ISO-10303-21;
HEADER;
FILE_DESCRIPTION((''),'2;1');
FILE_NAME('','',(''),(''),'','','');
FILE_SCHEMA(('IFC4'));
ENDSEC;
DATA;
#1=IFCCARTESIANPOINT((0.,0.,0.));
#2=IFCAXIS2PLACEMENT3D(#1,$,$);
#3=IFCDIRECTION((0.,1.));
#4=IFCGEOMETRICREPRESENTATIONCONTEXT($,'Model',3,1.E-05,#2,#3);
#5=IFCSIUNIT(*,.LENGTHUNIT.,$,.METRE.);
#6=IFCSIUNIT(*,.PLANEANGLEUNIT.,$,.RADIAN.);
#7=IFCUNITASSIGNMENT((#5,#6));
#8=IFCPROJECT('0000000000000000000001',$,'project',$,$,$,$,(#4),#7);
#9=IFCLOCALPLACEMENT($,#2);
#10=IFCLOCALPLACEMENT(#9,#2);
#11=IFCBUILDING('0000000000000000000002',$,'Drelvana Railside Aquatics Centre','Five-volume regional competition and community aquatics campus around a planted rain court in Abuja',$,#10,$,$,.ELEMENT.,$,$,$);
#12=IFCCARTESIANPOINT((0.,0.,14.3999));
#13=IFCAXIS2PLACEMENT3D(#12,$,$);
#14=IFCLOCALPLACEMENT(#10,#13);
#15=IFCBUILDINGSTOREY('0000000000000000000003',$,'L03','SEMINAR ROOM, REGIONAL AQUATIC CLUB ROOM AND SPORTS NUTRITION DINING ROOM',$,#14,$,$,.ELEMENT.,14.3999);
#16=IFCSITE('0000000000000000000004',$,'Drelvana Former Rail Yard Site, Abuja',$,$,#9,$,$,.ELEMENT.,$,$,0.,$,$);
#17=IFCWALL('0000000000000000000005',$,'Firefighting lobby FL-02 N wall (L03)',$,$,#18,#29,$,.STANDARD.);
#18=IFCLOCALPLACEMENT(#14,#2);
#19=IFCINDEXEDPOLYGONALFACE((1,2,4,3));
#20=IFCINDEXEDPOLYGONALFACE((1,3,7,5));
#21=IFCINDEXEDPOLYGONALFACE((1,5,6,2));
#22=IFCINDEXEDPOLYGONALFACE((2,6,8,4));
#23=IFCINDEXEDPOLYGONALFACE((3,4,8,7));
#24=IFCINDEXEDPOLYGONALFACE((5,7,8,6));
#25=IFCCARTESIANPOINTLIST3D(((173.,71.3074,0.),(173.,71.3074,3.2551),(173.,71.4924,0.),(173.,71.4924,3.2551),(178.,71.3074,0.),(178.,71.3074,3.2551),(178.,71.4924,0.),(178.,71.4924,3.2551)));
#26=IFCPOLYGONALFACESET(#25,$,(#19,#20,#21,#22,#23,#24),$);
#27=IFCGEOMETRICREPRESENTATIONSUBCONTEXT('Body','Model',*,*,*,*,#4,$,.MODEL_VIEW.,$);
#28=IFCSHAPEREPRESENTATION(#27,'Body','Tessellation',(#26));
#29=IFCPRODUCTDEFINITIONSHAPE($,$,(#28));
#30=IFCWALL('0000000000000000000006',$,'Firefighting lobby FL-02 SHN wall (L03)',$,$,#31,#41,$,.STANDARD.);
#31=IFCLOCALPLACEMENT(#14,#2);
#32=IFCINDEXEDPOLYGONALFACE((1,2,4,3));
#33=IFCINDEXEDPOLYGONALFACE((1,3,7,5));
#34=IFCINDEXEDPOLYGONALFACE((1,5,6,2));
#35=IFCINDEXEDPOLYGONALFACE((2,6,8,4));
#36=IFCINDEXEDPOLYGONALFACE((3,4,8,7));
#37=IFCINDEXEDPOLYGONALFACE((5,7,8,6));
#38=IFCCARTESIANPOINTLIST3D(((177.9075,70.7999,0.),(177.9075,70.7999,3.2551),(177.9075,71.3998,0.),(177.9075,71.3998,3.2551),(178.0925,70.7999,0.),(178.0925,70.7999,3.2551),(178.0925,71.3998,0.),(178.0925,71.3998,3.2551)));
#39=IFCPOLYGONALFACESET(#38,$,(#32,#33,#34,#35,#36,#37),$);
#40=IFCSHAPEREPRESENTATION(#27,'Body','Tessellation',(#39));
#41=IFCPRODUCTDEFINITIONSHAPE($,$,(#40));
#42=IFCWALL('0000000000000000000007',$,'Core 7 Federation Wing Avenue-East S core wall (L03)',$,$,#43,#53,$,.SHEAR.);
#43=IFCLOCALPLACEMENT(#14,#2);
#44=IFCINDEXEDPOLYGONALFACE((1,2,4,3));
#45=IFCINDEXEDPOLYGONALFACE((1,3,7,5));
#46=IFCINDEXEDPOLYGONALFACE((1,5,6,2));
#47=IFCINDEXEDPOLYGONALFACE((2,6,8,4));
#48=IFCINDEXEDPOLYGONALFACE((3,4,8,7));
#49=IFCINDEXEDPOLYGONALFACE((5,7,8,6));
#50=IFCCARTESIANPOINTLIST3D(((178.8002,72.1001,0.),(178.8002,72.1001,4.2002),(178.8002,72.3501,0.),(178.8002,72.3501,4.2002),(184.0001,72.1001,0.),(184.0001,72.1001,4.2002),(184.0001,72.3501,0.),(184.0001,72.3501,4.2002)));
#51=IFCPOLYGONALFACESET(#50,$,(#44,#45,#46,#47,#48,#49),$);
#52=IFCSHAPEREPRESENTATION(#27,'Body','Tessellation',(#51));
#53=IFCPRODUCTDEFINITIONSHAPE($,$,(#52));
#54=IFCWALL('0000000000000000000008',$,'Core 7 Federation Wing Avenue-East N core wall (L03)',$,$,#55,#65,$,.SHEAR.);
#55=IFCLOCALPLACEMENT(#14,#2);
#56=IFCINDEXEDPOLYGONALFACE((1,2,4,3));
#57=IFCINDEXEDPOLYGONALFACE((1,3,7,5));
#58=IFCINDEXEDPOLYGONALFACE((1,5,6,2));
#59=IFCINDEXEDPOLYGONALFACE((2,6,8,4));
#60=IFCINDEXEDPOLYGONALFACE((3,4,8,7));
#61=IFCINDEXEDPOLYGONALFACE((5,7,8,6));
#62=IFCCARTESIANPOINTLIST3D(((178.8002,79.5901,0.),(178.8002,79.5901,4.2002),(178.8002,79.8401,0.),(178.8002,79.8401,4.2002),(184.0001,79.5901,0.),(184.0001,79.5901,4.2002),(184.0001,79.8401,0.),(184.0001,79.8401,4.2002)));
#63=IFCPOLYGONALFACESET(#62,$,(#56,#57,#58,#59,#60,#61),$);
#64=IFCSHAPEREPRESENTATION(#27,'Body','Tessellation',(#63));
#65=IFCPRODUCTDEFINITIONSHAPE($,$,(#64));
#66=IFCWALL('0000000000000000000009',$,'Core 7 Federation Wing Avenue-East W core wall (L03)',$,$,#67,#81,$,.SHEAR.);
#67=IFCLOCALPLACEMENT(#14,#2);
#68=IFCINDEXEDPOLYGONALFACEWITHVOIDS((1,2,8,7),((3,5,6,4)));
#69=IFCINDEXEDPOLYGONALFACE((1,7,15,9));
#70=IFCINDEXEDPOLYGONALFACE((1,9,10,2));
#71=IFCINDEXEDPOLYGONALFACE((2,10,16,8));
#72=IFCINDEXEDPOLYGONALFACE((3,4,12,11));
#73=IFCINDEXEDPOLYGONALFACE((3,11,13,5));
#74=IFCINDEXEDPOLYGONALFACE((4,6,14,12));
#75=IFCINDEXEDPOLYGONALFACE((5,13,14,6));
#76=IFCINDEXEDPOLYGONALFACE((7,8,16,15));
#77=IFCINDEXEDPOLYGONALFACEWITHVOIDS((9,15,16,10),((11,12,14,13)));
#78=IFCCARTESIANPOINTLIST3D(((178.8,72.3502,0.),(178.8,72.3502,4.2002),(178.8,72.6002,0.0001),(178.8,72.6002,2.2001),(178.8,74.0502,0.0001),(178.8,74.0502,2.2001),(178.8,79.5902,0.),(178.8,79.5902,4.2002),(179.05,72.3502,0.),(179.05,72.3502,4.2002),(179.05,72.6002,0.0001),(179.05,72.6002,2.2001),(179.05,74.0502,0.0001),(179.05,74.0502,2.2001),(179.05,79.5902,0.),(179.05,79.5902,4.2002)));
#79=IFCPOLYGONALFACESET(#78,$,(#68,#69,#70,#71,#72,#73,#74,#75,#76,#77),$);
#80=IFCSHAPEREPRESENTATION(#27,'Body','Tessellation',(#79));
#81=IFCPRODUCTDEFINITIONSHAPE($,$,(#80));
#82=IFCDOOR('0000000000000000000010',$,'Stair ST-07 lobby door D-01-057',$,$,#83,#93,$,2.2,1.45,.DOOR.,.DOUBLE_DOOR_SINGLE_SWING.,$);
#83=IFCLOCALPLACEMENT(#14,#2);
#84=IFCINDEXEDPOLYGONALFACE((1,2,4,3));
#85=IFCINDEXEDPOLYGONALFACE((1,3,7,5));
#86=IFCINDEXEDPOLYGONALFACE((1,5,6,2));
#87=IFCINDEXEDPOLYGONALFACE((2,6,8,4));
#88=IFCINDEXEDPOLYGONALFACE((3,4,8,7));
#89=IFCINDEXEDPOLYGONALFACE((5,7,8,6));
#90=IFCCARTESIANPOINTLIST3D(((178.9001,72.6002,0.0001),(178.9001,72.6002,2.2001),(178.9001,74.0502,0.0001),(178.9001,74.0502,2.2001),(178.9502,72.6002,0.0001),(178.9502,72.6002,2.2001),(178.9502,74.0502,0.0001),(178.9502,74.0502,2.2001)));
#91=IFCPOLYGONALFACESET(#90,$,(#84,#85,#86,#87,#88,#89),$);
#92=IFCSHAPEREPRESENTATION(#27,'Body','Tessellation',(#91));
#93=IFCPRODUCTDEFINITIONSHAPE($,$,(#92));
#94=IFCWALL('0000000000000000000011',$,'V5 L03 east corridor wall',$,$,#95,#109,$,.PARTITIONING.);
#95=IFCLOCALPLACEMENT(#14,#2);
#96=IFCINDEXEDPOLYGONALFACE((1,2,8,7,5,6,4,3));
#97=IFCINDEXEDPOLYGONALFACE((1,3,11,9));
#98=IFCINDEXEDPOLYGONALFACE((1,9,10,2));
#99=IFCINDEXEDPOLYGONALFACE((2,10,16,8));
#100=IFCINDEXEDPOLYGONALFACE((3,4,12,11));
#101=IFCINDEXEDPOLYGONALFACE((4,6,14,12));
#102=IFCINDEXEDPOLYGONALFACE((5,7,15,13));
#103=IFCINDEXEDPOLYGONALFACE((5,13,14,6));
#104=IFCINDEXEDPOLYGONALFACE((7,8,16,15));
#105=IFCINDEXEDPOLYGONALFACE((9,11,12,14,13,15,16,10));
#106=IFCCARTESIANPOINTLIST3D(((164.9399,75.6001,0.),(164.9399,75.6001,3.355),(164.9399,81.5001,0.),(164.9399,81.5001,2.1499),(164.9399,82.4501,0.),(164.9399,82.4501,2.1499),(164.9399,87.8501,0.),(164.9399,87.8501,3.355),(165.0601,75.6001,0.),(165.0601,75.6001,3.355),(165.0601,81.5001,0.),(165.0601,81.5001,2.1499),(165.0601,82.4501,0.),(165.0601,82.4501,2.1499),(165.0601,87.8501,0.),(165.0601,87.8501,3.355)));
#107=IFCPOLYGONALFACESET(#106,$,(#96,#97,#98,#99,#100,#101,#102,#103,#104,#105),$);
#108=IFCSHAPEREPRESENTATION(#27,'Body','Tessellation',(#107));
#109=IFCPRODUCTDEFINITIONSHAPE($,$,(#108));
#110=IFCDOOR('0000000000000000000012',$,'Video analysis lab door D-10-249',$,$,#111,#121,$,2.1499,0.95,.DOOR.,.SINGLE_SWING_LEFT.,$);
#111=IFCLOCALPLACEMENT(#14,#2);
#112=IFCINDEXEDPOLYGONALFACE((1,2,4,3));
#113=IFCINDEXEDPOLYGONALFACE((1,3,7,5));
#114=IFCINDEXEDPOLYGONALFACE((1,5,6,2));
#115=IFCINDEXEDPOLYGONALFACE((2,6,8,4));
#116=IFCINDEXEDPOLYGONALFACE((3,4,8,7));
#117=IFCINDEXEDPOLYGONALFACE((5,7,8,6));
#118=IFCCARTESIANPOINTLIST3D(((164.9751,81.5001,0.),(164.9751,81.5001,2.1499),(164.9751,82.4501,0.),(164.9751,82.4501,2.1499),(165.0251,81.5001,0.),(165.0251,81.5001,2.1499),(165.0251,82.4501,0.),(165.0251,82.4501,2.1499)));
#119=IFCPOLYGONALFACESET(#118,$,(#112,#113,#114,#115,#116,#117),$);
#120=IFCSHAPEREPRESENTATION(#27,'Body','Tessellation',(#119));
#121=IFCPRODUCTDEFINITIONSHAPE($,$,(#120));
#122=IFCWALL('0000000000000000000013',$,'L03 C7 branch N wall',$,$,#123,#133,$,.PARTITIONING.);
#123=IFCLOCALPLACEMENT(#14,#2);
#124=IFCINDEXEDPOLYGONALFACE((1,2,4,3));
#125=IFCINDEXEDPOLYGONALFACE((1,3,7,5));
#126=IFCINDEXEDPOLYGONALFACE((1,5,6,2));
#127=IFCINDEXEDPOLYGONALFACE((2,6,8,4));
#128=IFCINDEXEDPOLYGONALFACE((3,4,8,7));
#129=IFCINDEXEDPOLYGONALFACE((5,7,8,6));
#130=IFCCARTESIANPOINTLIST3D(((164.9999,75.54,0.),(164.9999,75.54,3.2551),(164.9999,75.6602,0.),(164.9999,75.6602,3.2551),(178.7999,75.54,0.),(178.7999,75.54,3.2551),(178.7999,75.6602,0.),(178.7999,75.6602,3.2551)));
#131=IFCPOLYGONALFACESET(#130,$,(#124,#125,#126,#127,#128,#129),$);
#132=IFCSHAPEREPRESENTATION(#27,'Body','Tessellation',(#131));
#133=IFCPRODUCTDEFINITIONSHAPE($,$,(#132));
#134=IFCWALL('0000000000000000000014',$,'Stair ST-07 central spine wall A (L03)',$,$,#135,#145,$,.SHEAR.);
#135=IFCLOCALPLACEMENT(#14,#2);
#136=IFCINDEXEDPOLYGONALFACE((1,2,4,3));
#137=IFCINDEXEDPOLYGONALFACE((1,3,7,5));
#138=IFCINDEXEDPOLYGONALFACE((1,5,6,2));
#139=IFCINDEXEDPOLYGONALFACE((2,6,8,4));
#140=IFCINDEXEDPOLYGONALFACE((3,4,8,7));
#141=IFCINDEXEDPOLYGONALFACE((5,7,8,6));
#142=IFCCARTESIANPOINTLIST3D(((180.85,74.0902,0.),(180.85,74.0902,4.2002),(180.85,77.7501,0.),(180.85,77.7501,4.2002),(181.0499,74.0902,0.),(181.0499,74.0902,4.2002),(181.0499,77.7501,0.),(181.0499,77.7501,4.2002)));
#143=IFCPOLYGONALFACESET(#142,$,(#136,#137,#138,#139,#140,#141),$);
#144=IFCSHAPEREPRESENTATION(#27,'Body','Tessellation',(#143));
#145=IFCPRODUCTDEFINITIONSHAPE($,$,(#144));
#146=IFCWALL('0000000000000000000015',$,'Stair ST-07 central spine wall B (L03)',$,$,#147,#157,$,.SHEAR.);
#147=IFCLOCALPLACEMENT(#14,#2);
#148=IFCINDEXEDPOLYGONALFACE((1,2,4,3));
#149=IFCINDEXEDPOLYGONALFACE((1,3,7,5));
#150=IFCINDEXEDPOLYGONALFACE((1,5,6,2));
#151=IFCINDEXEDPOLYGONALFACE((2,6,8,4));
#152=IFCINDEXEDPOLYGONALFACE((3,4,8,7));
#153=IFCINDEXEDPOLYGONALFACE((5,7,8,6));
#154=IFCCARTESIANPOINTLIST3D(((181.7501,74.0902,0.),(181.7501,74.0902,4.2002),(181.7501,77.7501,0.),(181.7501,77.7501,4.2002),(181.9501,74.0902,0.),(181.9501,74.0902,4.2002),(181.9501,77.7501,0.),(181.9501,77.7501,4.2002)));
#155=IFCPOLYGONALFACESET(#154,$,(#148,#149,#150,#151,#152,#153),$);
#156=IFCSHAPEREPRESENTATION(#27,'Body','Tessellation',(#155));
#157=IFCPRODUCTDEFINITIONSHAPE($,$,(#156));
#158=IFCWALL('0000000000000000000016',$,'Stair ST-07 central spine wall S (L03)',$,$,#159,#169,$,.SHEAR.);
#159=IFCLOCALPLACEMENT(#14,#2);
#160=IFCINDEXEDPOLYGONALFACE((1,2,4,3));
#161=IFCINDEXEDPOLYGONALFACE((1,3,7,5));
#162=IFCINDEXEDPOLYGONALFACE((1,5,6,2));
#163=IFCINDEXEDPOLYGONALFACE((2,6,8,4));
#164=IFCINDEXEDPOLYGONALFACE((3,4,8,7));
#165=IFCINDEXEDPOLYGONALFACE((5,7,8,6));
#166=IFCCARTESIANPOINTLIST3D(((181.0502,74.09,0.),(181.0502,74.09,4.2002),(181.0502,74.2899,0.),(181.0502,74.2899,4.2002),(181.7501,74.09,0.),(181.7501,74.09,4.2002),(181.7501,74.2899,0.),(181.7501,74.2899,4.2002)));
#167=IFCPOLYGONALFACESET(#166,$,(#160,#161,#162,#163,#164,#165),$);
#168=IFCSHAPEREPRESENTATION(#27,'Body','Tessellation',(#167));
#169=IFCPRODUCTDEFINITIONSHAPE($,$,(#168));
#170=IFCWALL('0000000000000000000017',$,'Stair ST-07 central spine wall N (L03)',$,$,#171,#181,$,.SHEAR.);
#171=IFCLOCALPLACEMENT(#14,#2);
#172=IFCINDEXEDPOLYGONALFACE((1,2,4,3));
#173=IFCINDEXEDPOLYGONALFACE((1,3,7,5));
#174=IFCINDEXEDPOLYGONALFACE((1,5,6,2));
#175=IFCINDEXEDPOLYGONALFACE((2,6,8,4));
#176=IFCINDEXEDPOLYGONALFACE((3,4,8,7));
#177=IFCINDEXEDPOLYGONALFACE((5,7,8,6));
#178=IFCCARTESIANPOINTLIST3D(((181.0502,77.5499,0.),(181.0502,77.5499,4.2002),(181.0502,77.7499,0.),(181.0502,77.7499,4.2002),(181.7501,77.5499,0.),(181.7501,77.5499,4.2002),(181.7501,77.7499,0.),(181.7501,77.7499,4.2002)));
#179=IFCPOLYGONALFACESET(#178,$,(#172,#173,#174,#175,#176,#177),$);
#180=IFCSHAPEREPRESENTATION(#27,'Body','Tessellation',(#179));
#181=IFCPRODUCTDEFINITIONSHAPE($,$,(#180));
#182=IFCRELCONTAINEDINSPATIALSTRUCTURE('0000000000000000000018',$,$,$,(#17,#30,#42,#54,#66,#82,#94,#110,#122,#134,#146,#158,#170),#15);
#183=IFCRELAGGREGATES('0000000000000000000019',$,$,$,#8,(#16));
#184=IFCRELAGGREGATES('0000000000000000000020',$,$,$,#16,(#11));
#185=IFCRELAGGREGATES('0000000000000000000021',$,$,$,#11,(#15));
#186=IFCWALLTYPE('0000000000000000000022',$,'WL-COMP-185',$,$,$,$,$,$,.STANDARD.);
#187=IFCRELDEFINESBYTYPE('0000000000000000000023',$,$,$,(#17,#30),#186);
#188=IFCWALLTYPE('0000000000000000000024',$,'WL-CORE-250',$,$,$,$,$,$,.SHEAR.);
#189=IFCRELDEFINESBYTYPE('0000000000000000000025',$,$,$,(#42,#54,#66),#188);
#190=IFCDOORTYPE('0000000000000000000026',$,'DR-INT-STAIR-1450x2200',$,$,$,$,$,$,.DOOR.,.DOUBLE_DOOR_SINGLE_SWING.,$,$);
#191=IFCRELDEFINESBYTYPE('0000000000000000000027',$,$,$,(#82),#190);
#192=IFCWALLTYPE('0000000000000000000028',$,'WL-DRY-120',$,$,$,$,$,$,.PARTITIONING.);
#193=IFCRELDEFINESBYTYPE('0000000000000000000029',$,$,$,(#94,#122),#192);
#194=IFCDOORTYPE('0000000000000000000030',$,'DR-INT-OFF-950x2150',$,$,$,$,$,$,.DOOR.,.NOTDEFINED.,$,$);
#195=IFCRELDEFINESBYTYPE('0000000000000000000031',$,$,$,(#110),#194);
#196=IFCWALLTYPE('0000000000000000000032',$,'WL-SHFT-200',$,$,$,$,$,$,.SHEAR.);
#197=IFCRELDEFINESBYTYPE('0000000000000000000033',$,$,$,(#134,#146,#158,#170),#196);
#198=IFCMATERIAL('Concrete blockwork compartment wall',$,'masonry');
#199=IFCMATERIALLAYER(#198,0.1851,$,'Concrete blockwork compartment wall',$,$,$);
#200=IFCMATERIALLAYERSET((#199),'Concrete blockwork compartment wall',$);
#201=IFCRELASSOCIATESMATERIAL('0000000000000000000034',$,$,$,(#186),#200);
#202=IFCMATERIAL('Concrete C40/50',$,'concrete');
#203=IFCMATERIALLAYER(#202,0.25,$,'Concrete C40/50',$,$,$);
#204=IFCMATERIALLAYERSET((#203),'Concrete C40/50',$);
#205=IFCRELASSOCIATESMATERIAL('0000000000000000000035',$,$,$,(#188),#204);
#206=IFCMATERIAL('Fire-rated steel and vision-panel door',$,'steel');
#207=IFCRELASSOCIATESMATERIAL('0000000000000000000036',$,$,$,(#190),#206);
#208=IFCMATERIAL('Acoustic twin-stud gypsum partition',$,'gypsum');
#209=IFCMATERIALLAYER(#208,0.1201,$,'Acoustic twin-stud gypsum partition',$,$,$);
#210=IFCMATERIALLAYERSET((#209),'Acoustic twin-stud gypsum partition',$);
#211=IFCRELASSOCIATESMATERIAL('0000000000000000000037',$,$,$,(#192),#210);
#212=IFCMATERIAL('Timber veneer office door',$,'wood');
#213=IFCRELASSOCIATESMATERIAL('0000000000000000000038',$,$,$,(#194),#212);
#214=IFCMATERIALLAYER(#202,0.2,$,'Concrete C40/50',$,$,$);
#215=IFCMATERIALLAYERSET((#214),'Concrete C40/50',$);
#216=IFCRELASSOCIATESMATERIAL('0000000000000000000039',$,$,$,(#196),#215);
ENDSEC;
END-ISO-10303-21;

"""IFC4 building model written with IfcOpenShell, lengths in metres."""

from ifc_helpers import new_model, si_unit, direction, frame, frame_2d, origin, place, context, subcontext, project, spatial, rectangle, extrude, material, layer, layer_set, type_object, element, fill, save


model = new_model("IFC4")

# Units and contexts
model_context = context("Model", 3, precision=1e-05, world=origin(), true_north=direction((0.0, 1.0)))
body_context = subcontext(model_context, "Body", "Model", "MODEL_VIEW")
ifc_project = project(units=[si_unit("LENGTHUNIT", "METRE"), si_unit("PLANEANGLEUNIT", "RADIAN")], contexts=[model_context])

# Site, building, storey
site_placement = place(None, origin())
site = spatial("IfcSite", under=ifc_project, at=site_placement, Name="Drelvana Former Rail Yard Site, Abuja", CompositionType="ELEMENT", RefElevation=0.0)
building_placement = place(site_placement, origin())
building = spatial("IfcBuilding", under=site, at=building_placement, Name="Drelvana Railside Aquatics Centre", Description="Five-volume regional competition and community aquatics campus around a planted rain court in Abuja", CompositionType="ELEMENT")
storey_placement = place(building_placement, frame((0.0, 0.0, 14.3999)))
storey = spatial("IfcBuildingStorey", under=building, at=storey_placement, Name="L03", Description="SEMINAR ROOM, REGIONAL AQUATIC CLUB ROOM AND SPORTS NUTRITION DINING ROOM", CompositionType="ELEMENT", Elevation=14.3999)

# Shared definitions
ifc_material_1 = material(Name="Concrete C40/50", Category="concrete")

# Walls
ifc_material_2 = material(Name="Concrete blockwork compartment wall", Category="masonry")
ifc_layer_1 = layer(ifc_material_2, 0.1851, Name="Concrete blockwork compartment wall")
ifc_layer_set_1 = layer_set([ifc_layer_1], Name="Concrete blockwork compartment wall")
wall_type_1 = type_object("IfcWallType", Name="WL-COMP-185", PredefinedType="STANDARD", material=ifc_layer_set_1)
wall_1_placement = place(storey_placement, frame((173.0, 71.3999, 0.0), z_axis=(0.0, 0.0, 1.0), x_axis=(1.0, 0.0, 0.0)))
element("IfcWall", 1, at=wall_1_placement, inside=storey, type_object=wall_type_1, Name="Firefighting lobby FL-02 N wall (L03)", PredefinedType="STANDARD", context=body_context, shape_type="SweptSolid", body=[
    extrude(rectangle(XDim=5.0, YDim=0.1851, at=frame_2d((2.5, 0.0))), origin(), (0.0, 0.0, 1.0), 3.2551),
])
wall_2_placement = place(storey_placement, frame((178.0, 70.8, 0.0), z_axis=(0.0, 0.0, 1.0), x_axis=(0.0, 1.0, 0.0)))
element("IfcWall", 2, at=wall_2_placement, inside=storey, type_object=wall_type_1, Name="Firefighting lobby FL-02 SHN wall (L03)", PredefinedType="STANDARD", context=body_context, shape_type="SweptSolid", body=[
    extrude(rectangle(XDim=0.5999, YDim=0.1851, at=frame_2d((0.2998, 0.0))), origin(), (0.0, 0.0, 1.0), 3.2551),
])
ifc_layer_2 = layer(ifc_material_1, 0.25, Name="Concrete C40/50")
ifc_layer_set_2 = layer_set([ifc_layer_2], Name="Concrete C40/50")
wall_type_2 = type_object("IfcWallType", Name="WL-CORE-250", PredefinedType="SHEAR", material=ifc_layer_set_2)
for number, where, z_axis, x_axis, name in (
    (3, (178.8, 72.2251, 0.0), (0.0, 0.0, 1.0), (1.0, 0.0, 0.0), "Core 7 Federation Wing Avenue-East S core wall (L03)"),
    (4, (178.8, 79.7151, 0.0), (0.0, 0.0, 1.0), (1.0, 0.0, 0.0), "Core 7 Federation Wing Avenue-East N core wall (L03)"),
):
    element("IfcWall", number, at=place(storey_placement, frame(where, z_axis=z_axis, x_axis=x_axis)), inside=storey, type_object=wall_type_2, Name=name, PredefinedType="SHEAR", context=body_context, shape_type="SweptSolid", body=[
        extrude(rectangle(XDim=5.2, YDim=0.25, at=frame_2d((2.6001, 0.0))), origin(), (0.0, 0.0, 1.0), 4.2002),
    ])

# Walls, openings, doors
wall_3_placement = place(storey_placement, frame((178.925, 72.3501, 0.0), z_axis=(0.0, 0.0, 1.0), x_axis=(0.0, 1.0, 0.0)))
wall_3 = element("IfcWall", 5, at=wall_3_placement, inside=storey, type_object=wall_type_2, Name="Core 7 Federation Wing Avenue-East W core wall (L03)", PredefinedType="SHEAR", context=body_context, shape_type="SweptSolid", body=[
    extrude(rectangle(XDim=7.24, YDim=0.25, at=frame_2d((3.6201, 0.0))), origin(), (0.0, 0.0, 1.0), 4.2002),
])
opening_1_placement = place(wall_3_placement, frame((0.25, 0.0, 0.0)))
opening_1 = element("IfcOpeningElement", 6, at=opening_1_placement, cuts=wall_3, PredefinedType="OPENING", context=body_context, shape_type="SweptSolid", body=[
    extrude(rectangle(XDim=1.45, YDim=2.2, at=frame_2d((0.7251, 1.1001))), frame((0.0, 0.135, 0.0), z_axis=(0.0, -1.0, 0.0), x_axis=(1.0, 0.0, 0.0)), (0.0, 0.0, 1.0), 0.27),
])
ifc_material_3 = material(Name="Fire-rated steel and vision-panel door", Category="steel")
door_type_1 = type_object("IfcDoorType", Name="DR-INT-STAIR-1450x2200", OperationType="DOUBLE_DOOR_SINGLE_SWING", PredefinedType="DOOR", material=ifc_material_3)
door_1_placement = place(opening_1_placement, origin())
door_1 = element("IfcDoor", 7, at=door_1_placement, inside=storey, type_object=door_type_1, Name="Stair ST-07 lobby door D-01-057", OperationType="DOUBLE_DOOR_SINGLE_SWING", OverallHeight=2.2, OverallWidth=1.45, PredefinedType="DOOR", context=body_context, shape_type="SweptSolid", body=[
    extrude(rectangle(XDim=1.45, YDim=2.2, at=frame_2d((0.7251, 1.1001))), frame((0.0, 0.0249, 0.0), z_axis=(0.0, -1.0, 0.0), x_axis=(1.0, 0.0, 0.0)), (0.0, 0.0, 1.0), 0.05),
])
fill(opening_1, door_1)
ifc_material_4 = material(Name="Acoustic twin-stud gypsum partition", Category="gypsum")
ifc_layer_3 = layer(ifc_material_4, 0.1201, Name="Acoustic twin-stud gypsum partition")
ifc_layer_set_3 = layer_set([ifc_layer_3], Name="Acoustic twin-stud gypsum partition")
wall_type_3 = type_object("IfcWallType", Name="WL-DRY-120", PredefinedType="PARTITIONING", material=ifc_layer_set_3)
wall_4_placement = place(storey_placement, frame((165.0, 75.6001, 0.0), z_axis=(0.0, 0.0, 1.0), x_axis=(0.0, 1.0, 0.0)))
wall_4 = element("IfcWall", 8, at=wall_4_placement, inside=storey, type_object=wall_type_3, Name="V5 L03 east corridor wall", PredefinedType="PARTITIONING", context=body_context, shape_type="SweptSolid", body=[
    extrude(rectangle(XDim=12.25, YDim=0.1201, at=frame_2d((6.125, 0.0))), origin(), (0.0, 0.0, 1.0), 3.355),
])
opening_2_placement = place(wall_4_placement, frame((5.8999, 0.0, 0.0)))
opening_2 = element("IfcOpeningElement", 9, at=opening_2_placement, cuts=wall_4, PredefinedType="OPENING", context=body_context, shape_type="SweptSolid", body=[
    extrude(rectangle(XDim=0.95, YDim=2.1499, at=frame_2d((0.4751, 1.075))), frame((0.0, 0.0701, 0.0), z_axis=(0.0, -1.0, 0.0), x_axis=(1.0, 0.0, 0.0)), (0.0, 0.0, 1.0), 0.1401),
])
ifc_material_5 = material(Name="Timber veneer office door", Category="wood")
door_type_2 = type_object("IfcDoorType", Name="DR-INT-OFF-950x2150", OperationType="NOTDEFINED", PredefinedType="DOOR", material=ifc_material_5)
door_2_placement = place(opening_2_placement, origin())
door_2 = element("IfcDoor", 10, at=door_2_placement, inside=storey, type_object=door_type_2, Name="Video analysis lab door D-10-249", OperationType="SINGLE_SWING_LEFT", OverallHeight=2.1499, OverallWidth=0.95, PredefinedType="DOOR", context=body_context, shape_type="SweptSolid", body=[
    extrude(rectangle(XDim=0.95, YDim=2.1499, at=frame_2d((0.4751, 1.075))), frame((0.0, 0.0249, 0.0), z_axis=(0.0, -1.0, 0.0), x_axis=(1.0, 0.0, 0.0)), (0.0, 0.0, 1.0), 0.05),
])
fill(opening_2, door_2)

# Walls
wall_5_placement = place(storey_placement, frame((165.0, 75.6001, 0.0), z_axis=(0.0, 0.0, 1.0), x_axis=(1.0, 0.0, 0.0)))
element("IfcWall", 11, at=wall_5_placement, inside=storey, type_object=wall_type_3, Name="L03 C7 branch N wall", PredefinedType="PARTITIONING", context=body_context, shape_type="SweptSolid", body=[
    extrude(rectangle(XDim=13.8, YDim=0.1201, at=frame_2d((6.8999, 0.0))), origin(), (0.0, 0.0, 1.0), 3.2551),
])
ifc_layer_4 = layer(ifc_material_1, 0.2, Name="Concrete C40/50")
ifc_layer_set_4 = layer_set([ifc_layer_4], Name="Concrete C40/50")
wall_type_4 = type_object("IfcWallType", Name="WL-SHFT-200", PredefinedType="SHEAR", material=ifc_layer_set_4)
for number, where, z_axis, x_axis, name in (
    (12, (180.95, 74.0901, 0.0), (0.0, 0.0, 1.0), (0.0, 1.0, 0.0), "Stair ST-07 central spine wall A (L03)"),
    (13, (181.8501, 74.0901, 0.0), (0.0, 0.0, 1.0), (0.0, 1.0, 0.0), "Stair ST-07 central spine wall B (L03)"),
):
    element("IfcWall", number, at=place(storey_placement, frame(where, z_axis=z_axis, x_axis=x_axis)), inside=storey, type_object=wall_type_4, Name=name, PredefinedType="SHEAR", context=body_context, shape_type="SweptSolid", body=[
        extrude(rectangle(XDim=3.6599, YDim=0.2, at=frame_2d((1.8301, 0.0))), origin(), (0.0, 0.0, 1.0), 4.2002),
    ])
for number, where, z_axis, x_axis, name in (
    (14, (181.05, 74.1899, 0.0), (0.0, 0.0, 1.0), (1.0, 0.0, 0.0), "Stair ST-07 central spine wall S (L03)"),
    (15, (181.05, 77.6499, 0.0), (0.0, 0.0, 1.0), (1.0, 0.0, 0.0), "Stair ST-07 central spine wall N (L03)"),
):
    element("IfcWall", number, at=place(storey_placement, frame(where, z_axis=z_axis, x_axis=x_axis)), inside=storey, type_object=wall_type_4, Name=name, PredefinedType="SHEAR", context=body_context, shape_type="SweptSolid", body=[
        extrude(rectangle(XDim=0.7, YDim=0.2, at=frame_2d((0.3501, 0.0))), origin(), (0.0, 0.0, 1.0), 4.2002),
    ])

save(model, "model.ifc")
